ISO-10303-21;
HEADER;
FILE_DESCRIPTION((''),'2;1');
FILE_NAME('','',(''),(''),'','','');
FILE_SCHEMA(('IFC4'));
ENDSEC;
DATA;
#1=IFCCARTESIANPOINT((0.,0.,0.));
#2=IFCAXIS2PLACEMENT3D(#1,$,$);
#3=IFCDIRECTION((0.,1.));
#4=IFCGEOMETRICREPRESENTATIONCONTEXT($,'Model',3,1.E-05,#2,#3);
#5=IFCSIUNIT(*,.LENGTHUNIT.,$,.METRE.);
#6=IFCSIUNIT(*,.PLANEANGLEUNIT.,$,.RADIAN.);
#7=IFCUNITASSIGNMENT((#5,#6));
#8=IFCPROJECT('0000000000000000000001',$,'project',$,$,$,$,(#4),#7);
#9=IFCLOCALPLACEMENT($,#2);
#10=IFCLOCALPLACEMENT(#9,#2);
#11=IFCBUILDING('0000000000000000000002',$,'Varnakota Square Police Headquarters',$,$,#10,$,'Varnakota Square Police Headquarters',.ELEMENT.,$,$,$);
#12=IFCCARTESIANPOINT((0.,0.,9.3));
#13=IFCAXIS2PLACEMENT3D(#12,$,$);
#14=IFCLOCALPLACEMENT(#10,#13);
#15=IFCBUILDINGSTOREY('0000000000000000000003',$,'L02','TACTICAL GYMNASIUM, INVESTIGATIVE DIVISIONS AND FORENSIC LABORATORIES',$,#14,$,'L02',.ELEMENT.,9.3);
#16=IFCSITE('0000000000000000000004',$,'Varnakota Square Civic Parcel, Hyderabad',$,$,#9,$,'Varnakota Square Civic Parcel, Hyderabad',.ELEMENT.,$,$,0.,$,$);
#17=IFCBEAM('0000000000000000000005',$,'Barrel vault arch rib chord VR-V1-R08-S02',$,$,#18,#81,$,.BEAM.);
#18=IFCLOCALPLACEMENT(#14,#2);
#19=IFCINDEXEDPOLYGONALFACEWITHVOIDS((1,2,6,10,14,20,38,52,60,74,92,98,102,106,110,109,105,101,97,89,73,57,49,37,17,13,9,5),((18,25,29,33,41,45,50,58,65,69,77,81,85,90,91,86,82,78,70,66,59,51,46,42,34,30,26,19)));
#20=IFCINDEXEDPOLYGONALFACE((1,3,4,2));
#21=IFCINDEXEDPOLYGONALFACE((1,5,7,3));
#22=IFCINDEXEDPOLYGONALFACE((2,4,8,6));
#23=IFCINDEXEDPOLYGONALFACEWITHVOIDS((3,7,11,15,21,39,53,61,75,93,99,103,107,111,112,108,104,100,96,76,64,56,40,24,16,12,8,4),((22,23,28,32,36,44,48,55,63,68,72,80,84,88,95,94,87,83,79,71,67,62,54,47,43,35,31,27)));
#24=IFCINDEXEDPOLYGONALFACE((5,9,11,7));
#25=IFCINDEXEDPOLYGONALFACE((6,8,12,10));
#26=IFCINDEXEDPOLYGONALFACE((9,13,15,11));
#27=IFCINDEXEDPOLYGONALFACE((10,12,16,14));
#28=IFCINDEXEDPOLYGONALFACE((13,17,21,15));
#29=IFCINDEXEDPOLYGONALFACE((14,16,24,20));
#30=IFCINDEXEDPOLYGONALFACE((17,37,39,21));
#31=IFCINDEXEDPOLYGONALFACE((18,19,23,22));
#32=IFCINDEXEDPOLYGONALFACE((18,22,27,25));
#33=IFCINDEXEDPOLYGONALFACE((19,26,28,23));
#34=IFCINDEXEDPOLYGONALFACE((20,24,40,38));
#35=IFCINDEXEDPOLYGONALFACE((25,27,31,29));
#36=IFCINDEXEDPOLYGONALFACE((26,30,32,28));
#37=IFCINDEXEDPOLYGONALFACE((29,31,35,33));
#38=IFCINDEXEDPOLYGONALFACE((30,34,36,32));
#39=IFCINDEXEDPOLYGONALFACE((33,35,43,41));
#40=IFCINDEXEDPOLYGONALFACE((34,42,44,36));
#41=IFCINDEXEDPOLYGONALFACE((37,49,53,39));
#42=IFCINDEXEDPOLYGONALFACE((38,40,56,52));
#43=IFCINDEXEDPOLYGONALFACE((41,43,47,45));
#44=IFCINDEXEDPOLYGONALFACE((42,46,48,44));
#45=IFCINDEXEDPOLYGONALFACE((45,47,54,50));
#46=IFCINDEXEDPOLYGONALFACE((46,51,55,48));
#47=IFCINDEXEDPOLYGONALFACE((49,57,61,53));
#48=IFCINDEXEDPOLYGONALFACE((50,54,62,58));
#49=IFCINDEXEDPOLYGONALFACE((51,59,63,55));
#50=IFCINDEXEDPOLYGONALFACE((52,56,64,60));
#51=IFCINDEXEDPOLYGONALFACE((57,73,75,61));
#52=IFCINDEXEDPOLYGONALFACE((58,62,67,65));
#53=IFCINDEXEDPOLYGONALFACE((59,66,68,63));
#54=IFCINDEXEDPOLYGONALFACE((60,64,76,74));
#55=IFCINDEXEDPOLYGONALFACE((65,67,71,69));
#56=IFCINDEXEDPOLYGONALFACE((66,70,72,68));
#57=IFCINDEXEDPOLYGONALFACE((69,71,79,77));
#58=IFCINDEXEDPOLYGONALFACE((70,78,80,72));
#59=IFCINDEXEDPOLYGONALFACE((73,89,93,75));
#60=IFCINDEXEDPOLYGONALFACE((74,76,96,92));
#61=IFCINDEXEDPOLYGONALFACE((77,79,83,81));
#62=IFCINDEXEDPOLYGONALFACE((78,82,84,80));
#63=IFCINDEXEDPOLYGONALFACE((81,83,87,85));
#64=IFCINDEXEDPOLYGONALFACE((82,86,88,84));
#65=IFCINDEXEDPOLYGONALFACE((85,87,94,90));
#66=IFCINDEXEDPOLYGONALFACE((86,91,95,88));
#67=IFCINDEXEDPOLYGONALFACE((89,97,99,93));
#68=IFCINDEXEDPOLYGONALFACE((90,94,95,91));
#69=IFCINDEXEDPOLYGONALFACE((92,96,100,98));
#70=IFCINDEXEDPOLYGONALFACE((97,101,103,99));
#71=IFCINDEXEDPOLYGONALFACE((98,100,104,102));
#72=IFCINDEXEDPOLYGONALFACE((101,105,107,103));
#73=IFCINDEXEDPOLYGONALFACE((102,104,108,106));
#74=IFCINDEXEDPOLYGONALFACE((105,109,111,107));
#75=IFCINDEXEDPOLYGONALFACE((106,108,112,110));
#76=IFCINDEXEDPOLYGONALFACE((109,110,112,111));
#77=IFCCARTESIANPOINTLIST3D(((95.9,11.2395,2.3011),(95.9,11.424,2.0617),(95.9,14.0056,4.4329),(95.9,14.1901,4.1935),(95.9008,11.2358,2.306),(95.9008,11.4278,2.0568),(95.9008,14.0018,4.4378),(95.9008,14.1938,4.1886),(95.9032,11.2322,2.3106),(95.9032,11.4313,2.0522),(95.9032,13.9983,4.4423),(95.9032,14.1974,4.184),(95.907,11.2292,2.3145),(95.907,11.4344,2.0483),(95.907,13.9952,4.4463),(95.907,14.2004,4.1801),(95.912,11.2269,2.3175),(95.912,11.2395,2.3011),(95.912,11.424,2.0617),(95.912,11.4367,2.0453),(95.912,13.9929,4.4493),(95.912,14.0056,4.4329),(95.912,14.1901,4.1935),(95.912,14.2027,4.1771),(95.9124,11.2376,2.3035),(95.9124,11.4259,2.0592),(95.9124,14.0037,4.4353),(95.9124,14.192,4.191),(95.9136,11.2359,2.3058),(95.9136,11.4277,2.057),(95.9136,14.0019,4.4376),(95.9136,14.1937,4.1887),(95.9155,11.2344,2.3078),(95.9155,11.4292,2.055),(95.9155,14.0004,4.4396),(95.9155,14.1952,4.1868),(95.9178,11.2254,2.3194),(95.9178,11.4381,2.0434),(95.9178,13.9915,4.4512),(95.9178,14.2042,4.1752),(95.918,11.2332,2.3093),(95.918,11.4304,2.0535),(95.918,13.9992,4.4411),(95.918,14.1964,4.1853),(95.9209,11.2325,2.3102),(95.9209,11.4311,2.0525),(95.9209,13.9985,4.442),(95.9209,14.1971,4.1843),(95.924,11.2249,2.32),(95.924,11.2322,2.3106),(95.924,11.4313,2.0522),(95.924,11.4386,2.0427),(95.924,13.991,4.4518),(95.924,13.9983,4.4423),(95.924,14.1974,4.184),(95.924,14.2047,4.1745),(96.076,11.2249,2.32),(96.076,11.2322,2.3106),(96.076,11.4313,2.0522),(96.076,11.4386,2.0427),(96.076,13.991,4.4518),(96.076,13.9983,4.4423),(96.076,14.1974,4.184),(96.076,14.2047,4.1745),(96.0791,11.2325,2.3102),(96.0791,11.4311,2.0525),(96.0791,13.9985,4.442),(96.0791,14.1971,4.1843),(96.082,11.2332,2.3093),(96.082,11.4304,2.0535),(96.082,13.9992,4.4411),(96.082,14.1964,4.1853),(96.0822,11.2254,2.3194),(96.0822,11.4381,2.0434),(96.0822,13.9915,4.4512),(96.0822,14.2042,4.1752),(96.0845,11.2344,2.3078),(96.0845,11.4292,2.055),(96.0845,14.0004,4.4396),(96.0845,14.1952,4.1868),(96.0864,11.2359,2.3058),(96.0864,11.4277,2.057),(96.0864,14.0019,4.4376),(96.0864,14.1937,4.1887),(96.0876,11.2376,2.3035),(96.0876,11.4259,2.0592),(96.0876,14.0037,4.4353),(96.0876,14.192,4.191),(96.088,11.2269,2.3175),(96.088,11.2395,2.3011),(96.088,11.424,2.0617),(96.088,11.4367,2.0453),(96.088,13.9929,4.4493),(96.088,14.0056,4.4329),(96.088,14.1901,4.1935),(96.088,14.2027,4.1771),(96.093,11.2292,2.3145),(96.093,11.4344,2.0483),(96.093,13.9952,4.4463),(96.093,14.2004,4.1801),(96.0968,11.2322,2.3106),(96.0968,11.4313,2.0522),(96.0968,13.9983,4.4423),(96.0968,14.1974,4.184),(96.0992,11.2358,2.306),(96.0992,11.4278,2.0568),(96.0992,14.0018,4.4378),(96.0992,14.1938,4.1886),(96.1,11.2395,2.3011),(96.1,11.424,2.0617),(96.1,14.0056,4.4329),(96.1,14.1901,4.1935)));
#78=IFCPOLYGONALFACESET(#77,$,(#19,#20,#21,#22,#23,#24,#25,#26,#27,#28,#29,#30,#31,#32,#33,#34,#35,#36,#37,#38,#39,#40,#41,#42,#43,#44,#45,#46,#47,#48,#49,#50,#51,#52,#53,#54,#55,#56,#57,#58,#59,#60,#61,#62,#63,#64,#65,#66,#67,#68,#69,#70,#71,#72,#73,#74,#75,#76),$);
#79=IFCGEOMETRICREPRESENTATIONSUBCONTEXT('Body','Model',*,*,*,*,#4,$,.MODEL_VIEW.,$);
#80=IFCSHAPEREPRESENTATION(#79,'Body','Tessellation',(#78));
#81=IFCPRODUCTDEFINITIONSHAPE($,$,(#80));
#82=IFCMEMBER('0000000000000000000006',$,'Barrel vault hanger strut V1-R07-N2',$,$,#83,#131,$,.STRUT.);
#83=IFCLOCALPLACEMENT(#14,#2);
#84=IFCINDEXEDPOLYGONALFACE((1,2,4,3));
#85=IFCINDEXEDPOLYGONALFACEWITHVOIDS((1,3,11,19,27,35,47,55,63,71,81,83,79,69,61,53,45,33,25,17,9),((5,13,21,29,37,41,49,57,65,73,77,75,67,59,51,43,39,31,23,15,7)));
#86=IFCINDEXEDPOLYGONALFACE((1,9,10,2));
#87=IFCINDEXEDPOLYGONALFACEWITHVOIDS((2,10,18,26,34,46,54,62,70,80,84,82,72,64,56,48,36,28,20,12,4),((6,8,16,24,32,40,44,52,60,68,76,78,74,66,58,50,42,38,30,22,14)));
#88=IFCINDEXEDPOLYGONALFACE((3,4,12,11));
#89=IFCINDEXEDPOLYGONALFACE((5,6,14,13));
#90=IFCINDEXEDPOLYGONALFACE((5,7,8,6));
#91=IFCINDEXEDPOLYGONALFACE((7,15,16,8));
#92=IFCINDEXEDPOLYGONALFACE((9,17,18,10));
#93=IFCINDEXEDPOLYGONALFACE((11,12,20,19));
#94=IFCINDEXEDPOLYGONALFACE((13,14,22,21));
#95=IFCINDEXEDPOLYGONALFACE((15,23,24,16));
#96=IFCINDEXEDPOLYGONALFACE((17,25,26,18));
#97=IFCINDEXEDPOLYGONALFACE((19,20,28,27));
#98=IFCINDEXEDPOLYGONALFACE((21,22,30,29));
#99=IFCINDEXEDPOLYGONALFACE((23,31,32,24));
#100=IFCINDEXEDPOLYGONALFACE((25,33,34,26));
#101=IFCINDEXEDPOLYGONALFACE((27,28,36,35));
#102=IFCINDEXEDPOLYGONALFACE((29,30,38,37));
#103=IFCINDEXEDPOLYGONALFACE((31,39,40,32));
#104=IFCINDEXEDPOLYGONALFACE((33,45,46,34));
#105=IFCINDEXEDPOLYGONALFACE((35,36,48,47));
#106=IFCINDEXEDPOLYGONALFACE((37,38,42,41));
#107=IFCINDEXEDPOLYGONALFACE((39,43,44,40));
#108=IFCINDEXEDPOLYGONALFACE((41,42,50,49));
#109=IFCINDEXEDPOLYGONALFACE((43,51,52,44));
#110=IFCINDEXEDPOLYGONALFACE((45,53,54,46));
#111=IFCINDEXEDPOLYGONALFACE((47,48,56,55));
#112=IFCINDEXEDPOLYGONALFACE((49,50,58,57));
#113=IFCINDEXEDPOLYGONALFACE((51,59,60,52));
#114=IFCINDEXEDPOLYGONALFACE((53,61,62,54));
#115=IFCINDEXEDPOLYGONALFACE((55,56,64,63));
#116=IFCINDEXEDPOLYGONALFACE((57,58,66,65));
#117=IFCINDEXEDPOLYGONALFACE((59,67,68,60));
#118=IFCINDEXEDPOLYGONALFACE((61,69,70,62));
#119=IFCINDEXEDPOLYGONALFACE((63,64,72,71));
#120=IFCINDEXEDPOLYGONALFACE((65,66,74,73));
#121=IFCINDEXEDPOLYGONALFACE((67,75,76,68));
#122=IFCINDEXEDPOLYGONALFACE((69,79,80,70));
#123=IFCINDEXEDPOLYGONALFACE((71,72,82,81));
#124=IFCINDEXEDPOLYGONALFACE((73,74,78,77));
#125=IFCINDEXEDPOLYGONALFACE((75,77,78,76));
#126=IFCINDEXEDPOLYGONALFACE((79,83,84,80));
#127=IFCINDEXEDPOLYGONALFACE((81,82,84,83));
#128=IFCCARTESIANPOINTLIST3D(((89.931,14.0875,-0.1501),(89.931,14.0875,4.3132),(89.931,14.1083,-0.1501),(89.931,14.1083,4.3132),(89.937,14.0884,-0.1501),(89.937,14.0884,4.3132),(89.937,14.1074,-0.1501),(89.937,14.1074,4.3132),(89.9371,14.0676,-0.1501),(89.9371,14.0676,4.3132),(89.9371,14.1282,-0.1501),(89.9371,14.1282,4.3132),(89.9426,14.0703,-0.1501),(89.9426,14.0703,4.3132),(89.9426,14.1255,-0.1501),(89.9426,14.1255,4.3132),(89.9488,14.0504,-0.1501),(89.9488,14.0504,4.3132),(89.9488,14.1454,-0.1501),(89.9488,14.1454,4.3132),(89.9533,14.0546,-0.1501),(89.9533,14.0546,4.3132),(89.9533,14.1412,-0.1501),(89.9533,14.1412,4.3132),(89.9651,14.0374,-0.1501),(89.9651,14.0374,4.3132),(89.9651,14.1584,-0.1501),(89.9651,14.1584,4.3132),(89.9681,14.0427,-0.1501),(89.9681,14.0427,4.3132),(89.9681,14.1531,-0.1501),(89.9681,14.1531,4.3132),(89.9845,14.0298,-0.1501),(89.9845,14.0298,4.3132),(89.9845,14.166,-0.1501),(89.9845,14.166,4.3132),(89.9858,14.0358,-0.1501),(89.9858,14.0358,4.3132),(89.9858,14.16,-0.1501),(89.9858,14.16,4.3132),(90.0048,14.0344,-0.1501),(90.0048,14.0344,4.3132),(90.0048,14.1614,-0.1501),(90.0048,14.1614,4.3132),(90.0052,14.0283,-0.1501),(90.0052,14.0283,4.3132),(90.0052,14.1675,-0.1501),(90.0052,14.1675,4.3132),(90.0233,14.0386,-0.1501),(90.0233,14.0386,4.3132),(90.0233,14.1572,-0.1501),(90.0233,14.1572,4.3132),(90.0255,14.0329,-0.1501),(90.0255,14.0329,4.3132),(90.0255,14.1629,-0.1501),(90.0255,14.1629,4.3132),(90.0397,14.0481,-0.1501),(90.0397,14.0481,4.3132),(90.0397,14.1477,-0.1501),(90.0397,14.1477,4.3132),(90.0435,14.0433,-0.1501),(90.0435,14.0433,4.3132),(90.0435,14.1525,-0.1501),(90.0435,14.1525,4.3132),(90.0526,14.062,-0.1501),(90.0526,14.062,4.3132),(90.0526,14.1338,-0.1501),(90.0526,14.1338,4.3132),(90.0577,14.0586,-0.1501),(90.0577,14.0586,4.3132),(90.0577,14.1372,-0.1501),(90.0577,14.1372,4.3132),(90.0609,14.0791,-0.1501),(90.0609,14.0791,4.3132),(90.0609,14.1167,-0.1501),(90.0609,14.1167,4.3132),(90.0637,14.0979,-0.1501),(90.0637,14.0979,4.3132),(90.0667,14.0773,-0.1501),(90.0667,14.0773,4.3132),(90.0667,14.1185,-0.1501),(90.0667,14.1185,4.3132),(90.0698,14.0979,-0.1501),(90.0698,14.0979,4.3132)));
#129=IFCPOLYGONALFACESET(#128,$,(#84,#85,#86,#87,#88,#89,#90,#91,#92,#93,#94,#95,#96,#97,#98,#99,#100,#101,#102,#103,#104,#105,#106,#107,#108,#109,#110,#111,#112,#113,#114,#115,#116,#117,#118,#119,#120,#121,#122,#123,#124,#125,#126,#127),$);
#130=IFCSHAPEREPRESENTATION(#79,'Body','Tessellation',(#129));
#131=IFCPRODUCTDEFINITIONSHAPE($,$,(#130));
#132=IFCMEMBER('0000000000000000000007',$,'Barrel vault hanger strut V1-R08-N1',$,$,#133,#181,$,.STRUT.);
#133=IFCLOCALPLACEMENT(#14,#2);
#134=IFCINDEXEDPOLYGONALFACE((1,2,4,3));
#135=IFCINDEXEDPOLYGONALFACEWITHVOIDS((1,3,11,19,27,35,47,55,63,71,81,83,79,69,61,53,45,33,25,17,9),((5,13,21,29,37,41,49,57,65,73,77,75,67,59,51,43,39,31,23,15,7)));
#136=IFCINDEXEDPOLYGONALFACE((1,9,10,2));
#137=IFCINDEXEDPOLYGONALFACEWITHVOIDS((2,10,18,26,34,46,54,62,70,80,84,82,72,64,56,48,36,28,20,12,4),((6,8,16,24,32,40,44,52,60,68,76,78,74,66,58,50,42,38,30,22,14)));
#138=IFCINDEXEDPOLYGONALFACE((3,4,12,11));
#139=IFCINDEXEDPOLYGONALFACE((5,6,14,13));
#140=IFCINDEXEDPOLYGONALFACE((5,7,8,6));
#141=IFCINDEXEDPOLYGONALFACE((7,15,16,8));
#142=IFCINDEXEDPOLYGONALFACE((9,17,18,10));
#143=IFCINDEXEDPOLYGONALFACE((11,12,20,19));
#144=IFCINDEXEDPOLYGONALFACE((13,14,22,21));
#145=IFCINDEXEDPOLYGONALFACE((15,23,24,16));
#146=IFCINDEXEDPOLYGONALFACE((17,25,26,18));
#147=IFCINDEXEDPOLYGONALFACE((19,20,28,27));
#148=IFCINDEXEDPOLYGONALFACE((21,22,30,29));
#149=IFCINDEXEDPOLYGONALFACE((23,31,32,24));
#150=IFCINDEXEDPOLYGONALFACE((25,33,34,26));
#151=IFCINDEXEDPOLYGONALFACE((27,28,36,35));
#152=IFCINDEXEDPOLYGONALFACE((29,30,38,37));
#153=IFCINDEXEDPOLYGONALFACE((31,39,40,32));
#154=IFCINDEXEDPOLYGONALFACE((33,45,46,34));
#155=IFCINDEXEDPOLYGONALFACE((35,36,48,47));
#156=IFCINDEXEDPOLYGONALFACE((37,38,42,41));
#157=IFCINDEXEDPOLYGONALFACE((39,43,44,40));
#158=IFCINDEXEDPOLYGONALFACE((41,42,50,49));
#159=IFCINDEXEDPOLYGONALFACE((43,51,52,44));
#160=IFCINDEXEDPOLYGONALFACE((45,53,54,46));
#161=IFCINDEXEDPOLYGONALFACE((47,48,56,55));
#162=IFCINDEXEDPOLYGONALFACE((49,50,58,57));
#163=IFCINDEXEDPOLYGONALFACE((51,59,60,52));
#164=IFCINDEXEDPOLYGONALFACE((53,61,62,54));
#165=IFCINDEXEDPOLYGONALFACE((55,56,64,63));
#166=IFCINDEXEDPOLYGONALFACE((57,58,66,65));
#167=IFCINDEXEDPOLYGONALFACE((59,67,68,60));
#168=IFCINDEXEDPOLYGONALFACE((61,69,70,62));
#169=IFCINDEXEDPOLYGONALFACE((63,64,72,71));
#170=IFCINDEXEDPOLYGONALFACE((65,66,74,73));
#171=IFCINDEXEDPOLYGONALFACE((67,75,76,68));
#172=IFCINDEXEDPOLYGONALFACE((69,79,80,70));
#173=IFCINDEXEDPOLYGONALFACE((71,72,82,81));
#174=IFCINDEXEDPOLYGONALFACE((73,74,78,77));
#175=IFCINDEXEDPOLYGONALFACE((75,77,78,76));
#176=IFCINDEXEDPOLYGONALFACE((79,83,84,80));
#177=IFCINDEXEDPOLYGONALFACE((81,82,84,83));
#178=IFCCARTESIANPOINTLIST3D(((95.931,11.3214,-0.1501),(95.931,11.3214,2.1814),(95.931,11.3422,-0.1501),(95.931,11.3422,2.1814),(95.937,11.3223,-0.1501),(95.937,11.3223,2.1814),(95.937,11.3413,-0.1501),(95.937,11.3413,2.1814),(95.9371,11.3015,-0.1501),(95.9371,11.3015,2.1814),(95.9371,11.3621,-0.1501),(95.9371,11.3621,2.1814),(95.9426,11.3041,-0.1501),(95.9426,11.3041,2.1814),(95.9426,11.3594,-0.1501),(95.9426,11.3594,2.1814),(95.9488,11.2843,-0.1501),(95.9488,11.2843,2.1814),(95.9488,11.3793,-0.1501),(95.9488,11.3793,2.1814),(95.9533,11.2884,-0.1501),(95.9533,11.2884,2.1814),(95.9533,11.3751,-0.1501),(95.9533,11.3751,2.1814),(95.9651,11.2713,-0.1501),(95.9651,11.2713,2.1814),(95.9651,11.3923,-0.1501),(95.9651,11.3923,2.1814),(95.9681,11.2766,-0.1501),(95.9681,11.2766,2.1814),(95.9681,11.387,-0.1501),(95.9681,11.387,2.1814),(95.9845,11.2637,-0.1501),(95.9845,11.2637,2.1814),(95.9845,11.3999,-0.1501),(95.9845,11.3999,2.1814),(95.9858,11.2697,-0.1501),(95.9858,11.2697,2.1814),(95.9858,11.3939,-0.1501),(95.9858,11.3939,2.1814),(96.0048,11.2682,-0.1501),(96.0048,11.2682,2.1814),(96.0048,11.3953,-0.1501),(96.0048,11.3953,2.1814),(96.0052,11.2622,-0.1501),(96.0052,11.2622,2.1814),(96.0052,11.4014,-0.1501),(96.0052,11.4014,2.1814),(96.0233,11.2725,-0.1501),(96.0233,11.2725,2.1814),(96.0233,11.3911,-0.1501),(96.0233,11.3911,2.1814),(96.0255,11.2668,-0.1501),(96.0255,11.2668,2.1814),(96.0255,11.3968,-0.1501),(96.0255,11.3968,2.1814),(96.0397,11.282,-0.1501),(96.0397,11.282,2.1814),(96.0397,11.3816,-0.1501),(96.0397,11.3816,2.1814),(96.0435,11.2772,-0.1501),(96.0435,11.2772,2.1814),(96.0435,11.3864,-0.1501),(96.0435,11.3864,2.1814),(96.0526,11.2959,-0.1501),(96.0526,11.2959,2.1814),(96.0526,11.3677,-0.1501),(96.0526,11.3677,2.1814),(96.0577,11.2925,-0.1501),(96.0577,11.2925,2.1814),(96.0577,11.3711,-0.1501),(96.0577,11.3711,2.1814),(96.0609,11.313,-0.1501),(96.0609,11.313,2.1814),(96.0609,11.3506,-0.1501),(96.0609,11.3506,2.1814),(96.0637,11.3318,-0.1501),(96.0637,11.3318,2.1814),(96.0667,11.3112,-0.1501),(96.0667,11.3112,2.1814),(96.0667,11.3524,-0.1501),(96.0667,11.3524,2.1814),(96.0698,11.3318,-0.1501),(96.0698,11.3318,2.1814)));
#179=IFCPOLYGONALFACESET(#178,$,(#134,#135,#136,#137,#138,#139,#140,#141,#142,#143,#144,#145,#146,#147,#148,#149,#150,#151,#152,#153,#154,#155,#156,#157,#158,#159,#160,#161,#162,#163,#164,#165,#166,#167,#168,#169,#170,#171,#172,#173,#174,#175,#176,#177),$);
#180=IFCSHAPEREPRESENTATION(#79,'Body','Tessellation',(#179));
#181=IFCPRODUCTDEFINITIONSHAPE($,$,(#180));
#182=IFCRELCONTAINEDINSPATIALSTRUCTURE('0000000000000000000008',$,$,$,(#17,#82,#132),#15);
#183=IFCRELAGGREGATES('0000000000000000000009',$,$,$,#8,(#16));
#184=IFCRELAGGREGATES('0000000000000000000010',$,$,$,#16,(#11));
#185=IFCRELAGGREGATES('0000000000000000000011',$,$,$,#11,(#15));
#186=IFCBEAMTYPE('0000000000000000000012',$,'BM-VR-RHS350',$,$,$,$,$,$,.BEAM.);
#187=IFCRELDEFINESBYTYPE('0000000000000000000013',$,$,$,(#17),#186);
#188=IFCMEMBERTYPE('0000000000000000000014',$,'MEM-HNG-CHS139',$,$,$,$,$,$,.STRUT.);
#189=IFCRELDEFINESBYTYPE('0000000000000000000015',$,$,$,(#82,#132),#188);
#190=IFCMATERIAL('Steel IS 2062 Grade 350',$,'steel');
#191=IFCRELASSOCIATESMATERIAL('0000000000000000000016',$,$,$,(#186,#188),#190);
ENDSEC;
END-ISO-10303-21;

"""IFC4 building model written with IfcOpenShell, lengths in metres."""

from ifc_helpers import new_model, si_unit, direction, frame, origin, origin_2d, place, context, subcontext, project, spatial, hollow_rectangle, hollow_circle, extrude, material, material_profile, profile_set, type_object, element, save


model = new_model("IFC4")

# Units and contexts
model_context = context("Model", 3, precision=1e-05, world=origin(), true_north=direction((0.0, 1.0)))
body_context = subcontext(model_context, "Body", "Model", "MODEL_VIEW")
ifc_project = project(units=[si_unit("LENGTHUNIT", "METRE"), si_unit("PLANEANGLEUNIT", "RADIAN")], contexts=[model_context])

# Site, building, storey
site_placement = place(None, origin())
site = spatial("IfcSite", under=ifc_project, at=site_placement, Name="Varnakota Square Civic Parcel, Hyderabad", LongName="Varnakota Square Civic Parcel, Hyderabad", CompositionType="ELEMENT", RefElevation=0.0)
building_placement = place(site_placement, origin())
building = spatial("IfcBuilding", under=site, at=building_placement, Name="Varnakota Square Police Headquarters", LongName="Varnakota Square Police Headquarters", CompositionType="ELEMENT")
storey_placement = place(building_placement, frame((0.0, 0.0, 9.3)))
storey = spatial("IfcBuildingStorey", under=building, at=storey_placement, Name="L02", Description="TACTICAL GYMNASIUM, INVESTIGATIVE DIVISIONS AND FORENSIC LABORATORIES", LongName="L02", CompositionType="ELEMENT", Elevation=9.3)

# Shared definitions
ifc_material_1 = material(Name="Steel IS 2062 Grade 350", Category="steel")

# Beam
ifc_material_profile_1 = material_profile(ifc_material_1, hollow_rectangle(XDim=0.2, YDim=0.3501, WallThickness=0.012, InnerFilletRadius=0.012, OuterFilletRadius=0.0239, at=origin_2d()), Name="RHS 350x200x12")
ifc_profile_set_1 = profile_set([ifc_material_profile_1], Name="Steel IS 2062 Grade 350")
beam_type_1 = type_object("IfcBeamType", Name="BM-VR-RHS350", PredefinedType="BEAM", material=ifc_profile_set_1)
beam_1_placement = place(storey_placement, frame((96.0, 11.3318, 2.1814), z_axis=(0.0, 0.792062, 0.61044), x_axis=(-1.0, 0.0, 0.0)))
element("IfcBeam", 1, at=beam_1_placement, inside=storey, type_object=beam_type_1, Name="Barrel vault arch rib chord VR-V1-R08-S02", PredefinedType="BEAM", context=body_context, shape_type="SweptSolid", body=[
    extrude(hollow_rectangle(XDim=0.2, YDim=0.3501, WallThickness=0.012, InnerFilletRadius=0.012, OuterFilletRadius=0.0239, at=origin_2d()), origin(), (0.0, 0.0, 1.0), 3.4922),
])

# Members
ifc_material_profile_2 = material_profile(ifc_material_1, hollow_circle(Radius=0.0698, WallThickness=0.0061, at=origin_2d()), Name="CHS 139.7x6.0")
ifc_profile_set_2 = profile_set([ifc_material_profile_2], Name="Steel IS 2062 Grade 350")
member_type_1 = type_object("IfcMemberType", Name="MEM-HNG-CHS139", PredefinedType="STRUT", material=ifc_profile_set_2)
member_1_placement = place(storey_placement, frame((90.0, 14.0979, -0.1501), z_axis=(0.0, 0.0, 1.0), x_axis=(1.0, 0.0, 0.0)))
element("IfcMember", 2, at=member_1_placement, inside=storey, type_object=member_type_1, Name="Barrel vault hanger strut V1-R07-N2", PredefinedType="STRUT", context=body_context, shape_type="SweptSolid", body=[
    extrude(hollow_circle(Radius=0.0698, WallThickness=0.0061, at=origin_2d()), origin(), (0.0, 0.0, 1.0), 4.4634),
])
member_2_placement = place(storey_placement, frame((96.0, 11.3318, -0.1501), z_axis=(0.0, 0.0, 1.0), x_axis=(1.0, 0.0, 0.0)))
element("IfcMember", 3, at=member_2_placement, inside=storey, type_object=member_type_1, Name="Barrel vault hanger strut V1-R08-N1", PredefinedType="STRUT", context=body_context, shape_type="SweptSolid", body=[
    extrude(hollow_circle(Radius=0.0698, WallThickness=0.0061, at=origin_2d()), origin(), (0.0, 0.0, 1.0), 2.3315),
])

save(model, "model.ifc")
